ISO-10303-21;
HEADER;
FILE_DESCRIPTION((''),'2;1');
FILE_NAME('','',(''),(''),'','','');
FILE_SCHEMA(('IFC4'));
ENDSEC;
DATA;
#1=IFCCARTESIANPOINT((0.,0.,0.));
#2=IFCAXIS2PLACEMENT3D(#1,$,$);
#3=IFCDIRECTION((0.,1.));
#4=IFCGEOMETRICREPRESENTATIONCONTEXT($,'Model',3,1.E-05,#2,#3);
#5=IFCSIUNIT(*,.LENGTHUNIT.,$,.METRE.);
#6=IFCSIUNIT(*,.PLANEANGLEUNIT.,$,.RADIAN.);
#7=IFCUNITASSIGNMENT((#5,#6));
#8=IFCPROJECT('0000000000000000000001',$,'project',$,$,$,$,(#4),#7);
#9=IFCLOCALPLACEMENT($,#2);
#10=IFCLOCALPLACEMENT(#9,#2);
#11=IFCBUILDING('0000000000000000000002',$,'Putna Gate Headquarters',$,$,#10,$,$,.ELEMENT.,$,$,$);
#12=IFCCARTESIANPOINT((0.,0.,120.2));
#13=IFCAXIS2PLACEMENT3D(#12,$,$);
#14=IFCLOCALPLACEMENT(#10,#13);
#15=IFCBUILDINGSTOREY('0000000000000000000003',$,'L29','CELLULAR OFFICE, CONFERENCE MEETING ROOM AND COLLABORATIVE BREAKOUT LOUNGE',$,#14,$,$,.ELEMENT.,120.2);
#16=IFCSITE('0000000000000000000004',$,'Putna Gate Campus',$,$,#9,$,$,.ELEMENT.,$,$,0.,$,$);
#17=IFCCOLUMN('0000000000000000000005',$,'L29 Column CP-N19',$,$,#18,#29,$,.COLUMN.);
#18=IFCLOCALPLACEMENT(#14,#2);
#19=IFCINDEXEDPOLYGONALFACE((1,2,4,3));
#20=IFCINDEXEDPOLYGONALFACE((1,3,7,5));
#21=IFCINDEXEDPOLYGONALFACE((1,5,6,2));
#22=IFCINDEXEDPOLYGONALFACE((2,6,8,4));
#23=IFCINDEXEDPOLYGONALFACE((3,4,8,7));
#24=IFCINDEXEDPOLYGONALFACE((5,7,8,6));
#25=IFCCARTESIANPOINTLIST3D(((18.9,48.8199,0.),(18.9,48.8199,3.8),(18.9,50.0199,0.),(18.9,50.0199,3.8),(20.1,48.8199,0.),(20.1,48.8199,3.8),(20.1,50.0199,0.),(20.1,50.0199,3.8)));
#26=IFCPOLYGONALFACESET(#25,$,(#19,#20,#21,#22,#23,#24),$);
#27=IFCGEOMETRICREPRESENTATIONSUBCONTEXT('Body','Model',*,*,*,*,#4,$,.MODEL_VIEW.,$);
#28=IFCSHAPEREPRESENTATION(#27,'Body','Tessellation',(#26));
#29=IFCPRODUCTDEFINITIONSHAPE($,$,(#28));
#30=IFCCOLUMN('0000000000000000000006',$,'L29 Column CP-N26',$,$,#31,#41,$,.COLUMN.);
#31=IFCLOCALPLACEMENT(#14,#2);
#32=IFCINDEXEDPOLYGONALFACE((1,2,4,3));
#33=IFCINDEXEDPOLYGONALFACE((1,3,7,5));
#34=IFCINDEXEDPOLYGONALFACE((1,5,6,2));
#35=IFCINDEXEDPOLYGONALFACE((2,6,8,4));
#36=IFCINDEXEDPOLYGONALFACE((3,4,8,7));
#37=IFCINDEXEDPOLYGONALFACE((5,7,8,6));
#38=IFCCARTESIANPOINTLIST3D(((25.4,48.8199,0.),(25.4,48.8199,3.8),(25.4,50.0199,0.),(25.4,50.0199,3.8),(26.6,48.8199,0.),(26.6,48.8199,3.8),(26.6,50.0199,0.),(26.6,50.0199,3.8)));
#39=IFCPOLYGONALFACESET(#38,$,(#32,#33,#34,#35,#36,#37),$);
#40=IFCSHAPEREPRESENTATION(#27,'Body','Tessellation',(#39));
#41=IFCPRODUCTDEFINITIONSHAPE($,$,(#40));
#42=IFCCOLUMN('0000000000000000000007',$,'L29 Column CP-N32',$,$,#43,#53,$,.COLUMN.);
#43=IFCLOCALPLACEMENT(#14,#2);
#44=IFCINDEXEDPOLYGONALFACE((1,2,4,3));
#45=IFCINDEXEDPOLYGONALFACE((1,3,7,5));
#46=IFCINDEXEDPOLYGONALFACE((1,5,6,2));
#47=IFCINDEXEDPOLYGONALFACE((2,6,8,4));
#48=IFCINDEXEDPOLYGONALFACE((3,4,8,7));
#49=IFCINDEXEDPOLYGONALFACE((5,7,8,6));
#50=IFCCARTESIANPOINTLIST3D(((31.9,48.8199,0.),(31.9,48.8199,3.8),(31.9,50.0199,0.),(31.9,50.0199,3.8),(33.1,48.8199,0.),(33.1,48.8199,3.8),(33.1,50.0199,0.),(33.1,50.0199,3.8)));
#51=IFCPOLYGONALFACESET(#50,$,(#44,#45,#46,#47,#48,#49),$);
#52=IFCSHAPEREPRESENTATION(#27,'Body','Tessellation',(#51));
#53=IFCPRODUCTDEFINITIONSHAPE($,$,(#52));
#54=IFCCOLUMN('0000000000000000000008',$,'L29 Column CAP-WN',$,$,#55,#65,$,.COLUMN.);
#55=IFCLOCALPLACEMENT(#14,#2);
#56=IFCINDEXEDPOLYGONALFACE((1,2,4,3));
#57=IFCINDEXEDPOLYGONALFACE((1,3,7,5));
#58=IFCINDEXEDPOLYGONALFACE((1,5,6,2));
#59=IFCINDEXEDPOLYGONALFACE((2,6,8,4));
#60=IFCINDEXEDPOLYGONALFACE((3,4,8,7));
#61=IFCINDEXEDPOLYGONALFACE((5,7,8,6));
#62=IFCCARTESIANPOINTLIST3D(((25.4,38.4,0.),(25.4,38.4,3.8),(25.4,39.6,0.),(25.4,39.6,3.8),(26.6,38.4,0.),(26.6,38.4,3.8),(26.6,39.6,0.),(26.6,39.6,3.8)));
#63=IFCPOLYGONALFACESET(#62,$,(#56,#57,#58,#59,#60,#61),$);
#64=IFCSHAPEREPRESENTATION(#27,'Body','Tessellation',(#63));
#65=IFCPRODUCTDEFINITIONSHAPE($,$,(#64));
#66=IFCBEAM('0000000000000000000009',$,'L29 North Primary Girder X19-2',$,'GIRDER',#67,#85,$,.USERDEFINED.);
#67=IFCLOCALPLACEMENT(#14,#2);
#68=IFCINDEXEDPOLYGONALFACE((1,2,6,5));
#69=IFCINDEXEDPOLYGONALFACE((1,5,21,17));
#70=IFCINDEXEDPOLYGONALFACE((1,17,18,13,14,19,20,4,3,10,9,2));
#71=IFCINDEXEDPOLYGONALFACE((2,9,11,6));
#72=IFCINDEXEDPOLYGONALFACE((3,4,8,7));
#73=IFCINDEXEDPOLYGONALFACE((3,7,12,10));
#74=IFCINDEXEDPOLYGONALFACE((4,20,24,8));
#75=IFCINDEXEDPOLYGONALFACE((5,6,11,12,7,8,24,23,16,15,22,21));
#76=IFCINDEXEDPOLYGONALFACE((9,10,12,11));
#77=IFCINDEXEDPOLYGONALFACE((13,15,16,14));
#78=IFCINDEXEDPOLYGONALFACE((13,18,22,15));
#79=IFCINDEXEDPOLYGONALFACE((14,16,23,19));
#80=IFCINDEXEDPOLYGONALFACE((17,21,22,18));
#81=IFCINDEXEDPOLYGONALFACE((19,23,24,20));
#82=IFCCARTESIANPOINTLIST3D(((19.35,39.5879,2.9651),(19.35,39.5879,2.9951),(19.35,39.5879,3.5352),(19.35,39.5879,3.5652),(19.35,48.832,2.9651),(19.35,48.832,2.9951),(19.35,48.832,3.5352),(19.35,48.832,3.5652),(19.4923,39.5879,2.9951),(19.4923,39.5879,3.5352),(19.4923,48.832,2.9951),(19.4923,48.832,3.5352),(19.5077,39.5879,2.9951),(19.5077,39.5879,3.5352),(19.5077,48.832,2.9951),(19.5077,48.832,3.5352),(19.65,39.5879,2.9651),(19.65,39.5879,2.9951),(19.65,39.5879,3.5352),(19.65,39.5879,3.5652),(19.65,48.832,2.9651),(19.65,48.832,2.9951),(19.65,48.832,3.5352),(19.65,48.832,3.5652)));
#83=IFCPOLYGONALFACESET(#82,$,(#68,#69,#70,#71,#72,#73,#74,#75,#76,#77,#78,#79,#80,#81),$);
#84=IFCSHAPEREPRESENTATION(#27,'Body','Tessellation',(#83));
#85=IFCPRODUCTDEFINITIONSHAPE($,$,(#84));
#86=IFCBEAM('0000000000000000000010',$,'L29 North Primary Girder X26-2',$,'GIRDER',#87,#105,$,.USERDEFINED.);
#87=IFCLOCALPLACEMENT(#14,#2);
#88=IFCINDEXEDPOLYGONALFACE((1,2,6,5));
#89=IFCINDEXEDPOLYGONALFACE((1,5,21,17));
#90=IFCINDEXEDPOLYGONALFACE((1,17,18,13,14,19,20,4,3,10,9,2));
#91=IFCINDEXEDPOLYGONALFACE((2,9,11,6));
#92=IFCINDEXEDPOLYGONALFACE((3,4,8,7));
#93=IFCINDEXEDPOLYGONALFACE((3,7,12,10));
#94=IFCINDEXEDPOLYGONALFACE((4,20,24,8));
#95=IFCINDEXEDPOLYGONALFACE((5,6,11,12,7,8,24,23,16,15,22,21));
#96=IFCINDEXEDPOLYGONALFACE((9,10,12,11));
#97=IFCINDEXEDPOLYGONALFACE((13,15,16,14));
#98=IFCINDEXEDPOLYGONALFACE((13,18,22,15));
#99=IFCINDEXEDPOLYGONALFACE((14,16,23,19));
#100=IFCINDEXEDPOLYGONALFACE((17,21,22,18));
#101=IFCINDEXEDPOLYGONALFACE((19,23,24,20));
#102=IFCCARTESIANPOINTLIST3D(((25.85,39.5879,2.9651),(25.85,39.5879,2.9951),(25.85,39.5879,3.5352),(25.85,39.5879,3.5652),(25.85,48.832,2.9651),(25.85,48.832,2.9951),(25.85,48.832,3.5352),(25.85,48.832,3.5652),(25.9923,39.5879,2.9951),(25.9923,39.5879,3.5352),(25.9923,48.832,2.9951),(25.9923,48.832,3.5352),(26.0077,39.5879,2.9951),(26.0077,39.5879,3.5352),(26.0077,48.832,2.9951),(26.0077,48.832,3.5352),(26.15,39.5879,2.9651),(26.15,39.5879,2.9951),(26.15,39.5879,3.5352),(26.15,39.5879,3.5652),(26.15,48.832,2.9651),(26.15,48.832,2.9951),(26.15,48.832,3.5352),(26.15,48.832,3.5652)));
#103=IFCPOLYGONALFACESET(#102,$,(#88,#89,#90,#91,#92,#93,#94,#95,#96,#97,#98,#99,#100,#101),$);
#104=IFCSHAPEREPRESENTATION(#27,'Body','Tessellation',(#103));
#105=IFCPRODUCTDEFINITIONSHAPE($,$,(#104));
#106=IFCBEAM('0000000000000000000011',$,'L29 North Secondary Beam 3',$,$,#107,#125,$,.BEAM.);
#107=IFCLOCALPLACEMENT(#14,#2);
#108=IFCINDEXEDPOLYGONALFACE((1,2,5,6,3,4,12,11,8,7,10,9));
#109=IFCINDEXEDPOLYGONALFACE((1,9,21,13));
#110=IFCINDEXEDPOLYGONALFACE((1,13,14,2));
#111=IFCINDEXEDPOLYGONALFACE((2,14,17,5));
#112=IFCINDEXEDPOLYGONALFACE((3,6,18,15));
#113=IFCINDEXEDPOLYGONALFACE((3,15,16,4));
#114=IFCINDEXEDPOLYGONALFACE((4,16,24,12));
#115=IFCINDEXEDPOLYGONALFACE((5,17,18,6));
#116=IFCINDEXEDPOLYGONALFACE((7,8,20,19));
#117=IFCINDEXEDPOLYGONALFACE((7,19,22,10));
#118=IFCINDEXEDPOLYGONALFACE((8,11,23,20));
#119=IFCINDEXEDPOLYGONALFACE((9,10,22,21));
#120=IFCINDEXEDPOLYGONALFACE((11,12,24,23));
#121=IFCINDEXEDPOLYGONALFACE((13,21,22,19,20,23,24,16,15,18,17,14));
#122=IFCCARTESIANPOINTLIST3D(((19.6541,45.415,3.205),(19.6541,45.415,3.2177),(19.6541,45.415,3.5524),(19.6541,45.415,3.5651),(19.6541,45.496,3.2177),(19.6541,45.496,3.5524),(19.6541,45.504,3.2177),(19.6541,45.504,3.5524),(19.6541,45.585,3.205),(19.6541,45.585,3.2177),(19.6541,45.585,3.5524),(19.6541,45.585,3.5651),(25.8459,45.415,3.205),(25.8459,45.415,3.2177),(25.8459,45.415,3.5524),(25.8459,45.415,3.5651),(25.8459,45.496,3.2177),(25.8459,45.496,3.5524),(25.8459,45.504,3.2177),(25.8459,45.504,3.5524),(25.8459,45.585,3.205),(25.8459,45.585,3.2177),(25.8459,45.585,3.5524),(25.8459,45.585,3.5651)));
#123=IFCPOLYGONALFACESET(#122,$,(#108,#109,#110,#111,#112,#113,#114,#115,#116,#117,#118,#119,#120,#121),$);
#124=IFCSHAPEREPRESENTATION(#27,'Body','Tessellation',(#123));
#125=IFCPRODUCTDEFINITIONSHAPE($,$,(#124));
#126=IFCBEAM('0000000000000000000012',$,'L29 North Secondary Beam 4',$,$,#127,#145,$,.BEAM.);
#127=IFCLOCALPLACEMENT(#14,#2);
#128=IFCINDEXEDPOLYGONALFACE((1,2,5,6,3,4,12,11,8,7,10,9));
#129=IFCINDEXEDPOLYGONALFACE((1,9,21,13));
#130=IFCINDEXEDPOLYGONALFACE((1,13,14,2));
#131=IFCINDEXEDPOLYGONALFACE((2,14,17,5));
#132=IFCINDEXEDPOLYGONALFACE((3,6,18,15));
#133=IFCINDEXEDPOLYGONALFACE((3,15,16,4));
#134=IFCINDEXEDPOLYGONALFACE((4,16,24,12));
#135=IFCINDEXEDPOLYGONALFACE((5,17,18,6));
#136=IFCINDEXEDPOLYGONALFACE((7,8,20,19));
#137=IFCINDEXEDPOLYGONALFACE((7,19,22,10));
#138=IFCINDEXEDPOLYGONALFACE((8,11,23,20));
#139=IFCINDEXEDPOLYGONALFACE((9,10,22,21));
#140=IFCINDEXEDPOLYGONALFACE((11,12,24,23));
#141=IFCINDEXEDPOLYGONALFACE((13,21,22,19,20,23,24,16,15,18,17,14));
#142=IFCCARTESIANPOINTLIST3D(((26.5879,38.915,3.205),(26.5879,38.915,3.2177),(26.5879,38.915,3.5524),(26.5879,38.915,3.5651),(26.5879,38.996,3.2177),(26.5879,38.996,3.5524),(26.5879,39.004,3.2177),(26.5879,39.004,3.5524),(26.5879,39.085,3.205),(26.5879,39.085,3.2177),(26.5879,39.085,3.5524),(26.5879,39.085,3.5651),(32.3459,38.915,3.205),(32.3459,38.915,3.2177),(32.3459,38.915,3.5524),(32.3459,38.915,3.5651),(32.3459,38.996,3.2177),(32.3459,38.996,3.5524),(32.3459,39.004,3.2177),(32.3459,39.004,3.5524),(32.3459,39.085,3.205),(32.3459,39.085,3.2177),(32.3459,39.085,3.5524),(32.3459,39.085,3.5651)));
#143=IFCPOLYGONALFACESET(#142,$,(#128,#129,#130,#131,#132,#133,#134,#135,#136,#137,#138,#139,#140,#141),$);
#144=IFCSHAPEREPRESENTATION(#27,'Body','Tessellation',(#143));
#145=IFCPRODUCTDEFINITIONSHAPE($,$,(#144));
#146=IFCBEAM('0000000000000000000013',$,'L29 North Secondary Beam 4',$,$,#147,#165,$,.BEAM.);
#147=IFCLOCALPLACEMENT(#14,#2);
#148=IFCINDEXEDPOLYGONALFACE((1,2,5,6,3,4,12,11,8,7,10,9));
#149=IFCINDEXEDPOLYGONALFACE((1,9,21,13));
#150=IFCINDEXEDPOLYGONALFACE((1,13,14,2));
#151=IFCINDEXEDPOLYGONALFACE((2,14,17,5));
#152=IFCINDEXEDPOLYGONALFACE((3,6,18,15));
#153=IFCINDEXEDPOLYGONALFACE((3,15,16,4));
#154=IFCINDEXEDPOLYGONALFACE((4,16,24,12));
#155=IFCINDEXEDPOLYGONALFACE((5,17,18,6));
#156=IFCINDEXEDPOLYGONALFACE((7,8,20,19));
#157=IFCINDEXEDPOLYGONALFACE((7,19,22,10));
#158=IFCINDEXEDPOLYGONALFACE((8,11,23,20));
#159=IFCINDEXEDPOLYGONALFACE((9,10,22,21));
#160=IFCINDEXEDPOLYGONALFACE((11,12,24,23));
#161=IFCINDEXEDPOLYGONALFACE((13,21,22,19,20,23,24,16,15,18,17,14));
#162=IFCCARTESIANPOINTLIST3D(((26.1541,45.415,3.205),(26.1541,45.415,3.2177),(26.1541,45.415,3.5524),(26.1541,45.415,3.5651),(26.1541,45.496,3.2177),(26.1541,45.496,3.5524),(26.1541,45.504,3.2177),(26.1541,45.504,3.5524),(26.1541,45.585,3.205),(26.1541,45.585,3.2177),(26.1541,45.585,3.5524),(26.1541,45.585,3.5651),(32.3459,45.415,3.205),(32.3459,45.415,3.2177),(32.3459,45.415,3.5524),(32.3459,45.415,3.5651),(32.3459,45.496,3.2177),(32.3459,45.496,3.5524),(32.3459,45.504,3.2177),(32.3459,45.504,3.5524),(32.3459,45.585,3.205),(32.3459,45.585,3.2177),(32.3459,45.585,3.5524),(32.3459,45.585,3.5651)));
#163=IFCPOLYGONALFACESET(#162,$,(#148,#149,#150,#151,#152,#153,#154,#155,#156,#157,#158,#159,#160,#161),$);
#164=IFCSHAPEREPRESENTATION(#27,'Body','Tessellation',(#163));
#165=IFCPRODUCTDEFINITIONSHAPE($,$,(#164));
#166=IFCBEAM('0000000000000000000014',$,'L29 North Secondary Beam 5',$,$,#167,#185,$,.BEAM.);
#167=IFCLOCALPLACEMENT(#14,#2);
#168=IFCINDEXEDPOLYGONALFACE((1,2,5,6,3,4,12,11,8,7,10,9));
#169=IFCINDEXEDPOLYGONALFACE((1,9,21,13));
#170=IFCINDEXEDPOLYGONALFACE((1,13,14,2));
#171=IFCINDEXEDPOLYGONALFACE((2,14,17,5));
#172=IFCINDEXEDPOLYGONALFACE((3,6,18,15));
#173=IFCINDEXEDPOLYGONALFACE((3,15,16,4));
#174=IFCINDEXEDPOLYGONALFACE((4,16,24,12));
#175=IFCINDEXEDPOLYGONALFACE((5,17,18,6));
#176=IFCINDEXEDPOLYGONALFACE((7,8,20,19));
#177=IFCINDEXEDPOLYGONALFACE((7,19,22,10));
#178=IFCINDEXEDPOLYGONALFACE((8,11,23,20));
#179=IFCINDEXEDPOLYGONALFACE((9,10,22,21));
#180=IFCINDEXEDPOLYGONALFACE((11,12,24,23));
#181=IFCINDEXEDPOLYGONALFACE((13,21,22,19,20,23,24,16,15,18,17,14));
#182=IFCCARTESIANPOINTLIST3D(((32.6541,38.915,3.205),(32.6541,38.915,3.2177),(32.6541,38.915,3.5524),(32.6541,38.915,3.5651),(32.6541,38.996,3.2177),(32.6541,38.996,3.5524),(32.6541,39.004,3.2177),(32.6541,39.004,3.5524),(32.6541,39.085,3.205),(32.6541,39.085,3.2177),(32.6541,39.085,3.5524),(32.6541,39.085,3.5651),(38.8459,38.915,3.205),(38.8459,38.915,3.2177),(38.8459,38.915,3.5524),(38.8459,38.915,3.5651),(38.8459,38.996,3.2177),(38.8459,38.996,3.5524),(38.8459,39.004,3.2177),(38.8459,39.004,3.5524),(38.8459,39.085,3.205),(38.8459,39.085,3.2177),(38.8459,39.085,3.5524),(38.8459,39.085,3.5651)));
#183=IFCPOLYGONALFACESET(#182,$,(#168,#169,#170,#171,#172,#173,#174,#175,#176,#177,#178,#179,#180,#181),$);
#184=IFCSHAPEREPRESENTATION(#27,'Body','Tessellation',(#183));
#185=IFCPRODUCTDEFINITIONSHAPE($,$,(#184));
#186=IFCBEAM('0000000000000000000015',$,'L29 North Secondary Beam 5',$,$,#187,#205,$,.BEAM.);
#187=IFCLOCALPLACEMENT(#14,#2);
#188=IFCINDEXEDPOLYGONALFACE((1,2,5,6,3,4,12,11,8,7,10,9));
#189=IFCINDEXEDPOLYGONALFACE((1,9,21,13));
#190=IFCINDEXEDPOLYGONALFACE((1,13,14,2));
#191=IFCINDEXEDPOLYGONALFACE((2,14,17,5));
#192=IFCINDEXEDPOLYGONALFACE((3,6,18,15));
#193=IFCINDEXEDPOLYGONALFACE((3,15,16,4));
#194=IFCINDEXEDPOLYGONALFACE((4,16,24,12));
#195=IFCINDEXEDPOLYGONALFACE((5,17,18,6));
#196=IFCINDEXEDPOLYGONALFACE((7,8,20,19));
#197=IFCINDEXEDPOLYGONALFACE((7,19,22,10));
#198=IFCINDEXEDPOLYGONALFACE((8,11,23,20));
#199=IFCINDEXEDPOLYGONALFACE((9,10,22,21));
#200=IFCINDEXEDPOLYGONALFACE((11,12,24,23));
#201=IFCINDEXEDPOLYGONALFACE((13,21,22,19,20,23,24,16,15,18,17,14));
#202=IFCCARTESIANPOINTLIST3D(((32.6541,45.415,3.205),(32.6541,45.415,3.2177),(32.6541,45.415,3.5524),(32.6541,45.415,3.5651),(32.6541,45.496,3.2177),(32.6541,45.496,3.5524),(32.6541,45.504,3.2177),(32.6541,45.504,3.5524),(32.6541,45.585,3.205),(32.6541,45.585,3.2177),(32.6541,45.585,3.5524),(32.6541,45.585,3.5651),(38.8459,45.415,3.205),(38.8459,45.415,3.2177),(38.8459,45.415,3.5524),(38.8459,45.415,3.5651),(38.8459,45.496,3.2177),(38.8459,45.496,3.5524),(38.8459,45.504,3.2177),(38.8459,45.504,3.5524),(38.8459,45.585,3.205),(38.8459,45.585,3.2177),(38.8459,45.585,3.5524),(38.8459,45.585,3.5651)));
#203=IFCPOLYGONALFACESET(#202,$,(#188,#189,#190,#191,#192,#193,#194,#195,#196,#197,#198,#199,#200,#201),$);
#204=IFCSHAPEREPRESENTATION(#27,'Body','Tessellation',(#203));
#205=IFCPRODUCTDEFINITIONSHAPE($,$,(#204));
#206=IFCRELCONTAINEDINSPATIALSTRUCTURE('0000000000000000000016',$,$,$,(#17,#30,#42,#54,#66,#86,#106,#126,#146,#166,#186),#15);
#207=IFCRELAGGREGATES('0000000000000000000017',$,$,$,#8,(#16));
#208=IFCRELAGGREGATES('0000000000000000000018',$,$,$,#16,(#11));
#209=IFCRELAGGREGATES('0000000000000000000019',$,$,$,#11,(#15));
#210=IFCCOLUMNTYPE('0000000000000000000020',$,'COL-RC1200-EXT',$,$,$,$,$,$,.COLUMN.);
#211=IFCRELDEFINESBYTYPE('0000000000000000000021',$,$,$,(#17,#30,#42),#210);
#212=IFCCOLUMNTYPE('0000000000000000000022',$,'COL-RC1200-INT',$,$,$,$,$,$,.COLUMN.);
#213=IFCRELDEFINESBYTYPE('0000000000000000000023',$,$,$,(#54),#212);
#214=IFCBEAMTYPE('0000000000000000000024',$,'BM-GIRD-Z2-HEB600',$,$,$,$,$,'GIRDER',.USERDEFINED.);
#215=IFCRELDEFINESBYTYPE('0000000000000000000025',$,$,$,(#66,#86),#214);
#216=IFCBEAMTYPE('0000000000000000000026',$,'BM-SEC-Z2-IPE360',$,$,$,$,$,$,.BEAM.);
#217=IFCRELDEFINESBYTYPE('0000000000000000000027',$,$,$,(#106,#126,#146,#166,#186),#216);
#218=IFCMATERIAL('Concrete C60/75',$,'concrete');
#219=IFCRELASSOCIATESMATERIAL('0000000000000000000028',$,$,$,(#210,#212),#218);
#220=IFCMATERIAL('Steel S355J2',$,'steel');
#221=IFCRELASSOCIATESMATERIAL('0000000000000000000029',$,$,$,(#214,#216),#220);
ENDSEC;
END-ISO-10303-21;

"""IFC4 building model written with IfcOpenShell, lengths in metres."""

from ifc_helpers import new_model, si_unit, direction, frame, origin, origin_2d, place, context, subcontext, project, spatial, rectangle, i_section, extrude, material, material_profile, profile_set, type_object, element, save


model = new_model("IFC4")

# Units and contexts
model_context = context("Model", 3, precision=1e-05, world=origin(), true_north=direction((0.0, 1.0)))
body_context = subcontext(model_context, "Body", "Model", "MODEL_VIEW")
ifc_project = project(units=[si_unit("LENGTHUNIT", "METRE"), si_unit("PLANEANGLEUNIT", "RADIAN")], contexts=[model_context])

# Site, building, storey
site_placement = place(None, origin())
site = spatial("IfcSite", under=ifc_project, at=site_placement, Name="Putna Gate Campus", CompositionType="ELEMENT", RefElevation=0.0)
building_placement = place(site_placement, origin())
building = spatial("IfcBuilding", under=site, at=building_placement, Name="Putna Gate Headquarters", CompositionType="ELEMENT")
storey_placement = place(building_placement, frame((0.0, 0.0, 120.2)))
storey = spatial("IfcBuildingStorey", under=building, at=storey_placement, Name="L29", Description="CELLULAR OFFICE, CONFERENCE MEETING ROOM AND COLLABORATIVE BREAKOUT LOUNGE", CompositionType="ELEMENT", Elevation=120.2)

# Columns
ifc_material_1 = material(Name="Concrete C60/75", Category="concrete")
ifc_material_profile_1 = material_profile(ifc_material_1, rectangle(XDim=1.2, YDim=1.2, at=origin_2d()), Name="Concrete C60/75")
ifc_profile_set_1 = profile_set([ifc_material_profile_1], Name="Concrete C60/75")
column_type_1 = type_object("IfcColumnType", Name="COL-RC1200-EXT", PredefinedType="COLUMN", material=ifc_profile_set_1)
for number, where, z_axis, x_axis, name in (
    (1, (19.5, 49.4199, 0.0), (0.0, 0.0, 1.0), (1.0, 0.0, 0.0), "L29 Column CP-N19"),
    (2, (26.0, 49.4199, 0.0), (0.0, 0.0, 1.0), (1.0, 0.0, 0.0), "L29 Column CP-N26"),
    (3, (32.5, 49.4199, 0.0), (0.0, 0.0, 1.0), (1.0, 0.0, 0.0), "L29 Column CP-N32"),
):
    element("IfcColumn", number, at=place(storey_placement, frame(where, z_axis=z_axis, x_axis=x_axis)), inside=storey, type_object=column_type_1, Name=name, PredefinedType="COLUMN", context=body_context, shape_type="SweptSolid", body=[
        extrude(rectangle(XDim=1.2, YDim=1.2, at=origin_2d()), origin(), (0.0, 0.0, 1.0), 3.8),
    ])
ifc_material_profile_2 = material_profile(ifc_material_1, rectangle(XDim=1.2, YDim=1.2, at=origin_2d()), Name="Concrete C60/75")
ifc_profile_set_2 = profile_set([ifc_material_profile_2], Name="Concrete C60/75")
column_type_2 = type_object("IfcColumnType", Name="COL-RC1200-INT", PredefinedType="COLUMN", material=ifc_profile_set_2)
column_placement = place(storey_placement, frame((26.0, 39.0, 0.0), z_axis=(0.0, 0.0, 1.0), x_axis=(1.0, 0.0, 0.0)))
element("IfcColumn", 4, at=column_placement, inside=storey, type_object=column_type_2, Name="L29 Column CAP-WN", PredefinedType="COLUMN", context=body_context, shape_type="SweptSolid", body=[
    extrude(rectangle(XDim=1.2, YDim=1.2, at=origin_2d()), origin(), (0.0, 0.0, 1.0), 3.8),
])

# Beams
ifc_material_2 = material(Name="Steel S355J2", Category="steel")
ifc_material_profile_3 = material_profile(ifc_material_2, i_section(OverallWidth=0.3, OverallDepth=0.6001, WebThickness=0.0154, FlangeThickness=0.03, at=origin_2d()), Name="Steel S355J2")
ifc_profile_set_3 = profile_set([ifc_material_profile_3], Name="Steel S355J2")
beam_type_1 = type_object("IfcBeamType", Name="BM-GIRD-Z2-HEB600", ElementType="GIRDER", PredefinedType="USERDEFINED", material=ifc_profile_set_3)
for number, where, z_axis, x_axis, name in (
    (5, (19.5, 39.5879, 3.2651), (0.0, 1.0, 0.0), (-1.0, 0.0, 0.0), "L29 North Primary Girder X19-2"),
    (6, (26.0, 39.5879, 3.2651), (0.0, 1.0, 0.0), (-1.0, 0.0, 0.0), "L29 North Primary Girder X26-2"),
):
    element("IfcBeam", number, at=place(storey_placement, frame(where, z_axis=z_axis, x_axis=x_axis)), inside=storey, type_object=beam_type_1, Name=name, ObjectType="GIRDER", PredefinedType="USERDEFINED", context=body_context, shape_type="SweptSolid", body=[
        extrude(i_section(OverallWidth=0.3, OverallDepth=0.6001, WebThickness=0.0154, FlangeThickness=0.03, at=origin_2d()), origin(), (0.0, 0.0, 1.0), 9.2441),
    ])
ifc_material_profile_4 = material_profile(ifc_material_2, i_section(OverallWidth=0.1699, OverallDepth=0.3601, WebThickness=0.0081, FlangeThickness=0.0127, at=origin_2d()), Name="Steel S355J2")
ifc_profile_set_4 = profile_set([ifc_material_profile_4], Name="Steel S355J2")
beam_type_2 = type_object("IfcBeamType", Name="BM-SEC-Z2-IPE360", PredefinedType="BEAM", material=ifc_profile_set_4)
beam_1_placement = place(storey_placement, frame((19.6541, 45.5, 3.385), z_axis=(1.0, 0.0, 0.0), x_axis=(0.0, 1.0, 0.0)))
element("IfcBeam", 7, at=beam_1_placement, inside=storey, type_object=beam_type_2, Name="L29 North Secondary Beam 3", PredefinedType="BEAM", context=body_context, shape_type="SweptSolid", body=[
    extrude(i_section(OverallWidth=0.1699, OverallDepth=0.3601, WebThickness=0.0081, FlangeThickness=0.0127, at=origin_2d()), origin(), (0.0, 0.0, 1.0), 6.1919),
])
beam_2_placement = place(storey_placement, frame((26.5879, 39.0, 3.385), z_axis=(1.0, 0.0, 0.0), x_axis=(0.0, 1.0, 0.0)))
element("IfcBeam", 8, at=beam_2_placement, inside=storey, type_object=beam_type_2, Name="L29 North Secondary Beam 4", PredefinedType="BEAM", context=body_context, shape_type="SweptSolid", body=[
    extrude(i_section(OverallWidth=0.1699, OverallDepth=0.3601, WebThickness=0.0081, FlangeThickness=0.0127, at=origin_2d()), origin(), (0.0, 0.0, 1.0), 5.7581),
])
for number, where, z_axis, x_axis, name in (
    (9, (26.1541, 45.5, 3.385), (1.0, 0.0, 0.0), (0.0, 1.0, 0.0), "L29 North Secondary Beam 4"),
    (10, (32.6541, 39.0, 3.385), (1.0, 0.0, 0.0), (0.0, 1.0, 0.0), "L29 North Secondary Beam 5"),
    (11, (32.6541, 45.5, 3.385), (1.0, 0.0, 0.0), (0.0, 1.0, 0.0), "L29 North Secondary Beam 5"),
):
    element("IfcBeam", number, at=place(storey_placement, frame(where, z_axis=z_axis, x_axis=x_axis)), inside=storey, type_object=beam_type_2, Name=name, PredefinedType="BEAM", context=body_context, shape_type="SweptSolid", body=[
        extrude(i_section(OverallWidth=0.1699, OverallDepth=0.3601, WebThickness=0.0081, FlangeThickness=0.0127, at=origin_2d()), origin(), (0.0, 0.0, 1.0), 6.1919),
    ])

save(model, "model.ifc")
